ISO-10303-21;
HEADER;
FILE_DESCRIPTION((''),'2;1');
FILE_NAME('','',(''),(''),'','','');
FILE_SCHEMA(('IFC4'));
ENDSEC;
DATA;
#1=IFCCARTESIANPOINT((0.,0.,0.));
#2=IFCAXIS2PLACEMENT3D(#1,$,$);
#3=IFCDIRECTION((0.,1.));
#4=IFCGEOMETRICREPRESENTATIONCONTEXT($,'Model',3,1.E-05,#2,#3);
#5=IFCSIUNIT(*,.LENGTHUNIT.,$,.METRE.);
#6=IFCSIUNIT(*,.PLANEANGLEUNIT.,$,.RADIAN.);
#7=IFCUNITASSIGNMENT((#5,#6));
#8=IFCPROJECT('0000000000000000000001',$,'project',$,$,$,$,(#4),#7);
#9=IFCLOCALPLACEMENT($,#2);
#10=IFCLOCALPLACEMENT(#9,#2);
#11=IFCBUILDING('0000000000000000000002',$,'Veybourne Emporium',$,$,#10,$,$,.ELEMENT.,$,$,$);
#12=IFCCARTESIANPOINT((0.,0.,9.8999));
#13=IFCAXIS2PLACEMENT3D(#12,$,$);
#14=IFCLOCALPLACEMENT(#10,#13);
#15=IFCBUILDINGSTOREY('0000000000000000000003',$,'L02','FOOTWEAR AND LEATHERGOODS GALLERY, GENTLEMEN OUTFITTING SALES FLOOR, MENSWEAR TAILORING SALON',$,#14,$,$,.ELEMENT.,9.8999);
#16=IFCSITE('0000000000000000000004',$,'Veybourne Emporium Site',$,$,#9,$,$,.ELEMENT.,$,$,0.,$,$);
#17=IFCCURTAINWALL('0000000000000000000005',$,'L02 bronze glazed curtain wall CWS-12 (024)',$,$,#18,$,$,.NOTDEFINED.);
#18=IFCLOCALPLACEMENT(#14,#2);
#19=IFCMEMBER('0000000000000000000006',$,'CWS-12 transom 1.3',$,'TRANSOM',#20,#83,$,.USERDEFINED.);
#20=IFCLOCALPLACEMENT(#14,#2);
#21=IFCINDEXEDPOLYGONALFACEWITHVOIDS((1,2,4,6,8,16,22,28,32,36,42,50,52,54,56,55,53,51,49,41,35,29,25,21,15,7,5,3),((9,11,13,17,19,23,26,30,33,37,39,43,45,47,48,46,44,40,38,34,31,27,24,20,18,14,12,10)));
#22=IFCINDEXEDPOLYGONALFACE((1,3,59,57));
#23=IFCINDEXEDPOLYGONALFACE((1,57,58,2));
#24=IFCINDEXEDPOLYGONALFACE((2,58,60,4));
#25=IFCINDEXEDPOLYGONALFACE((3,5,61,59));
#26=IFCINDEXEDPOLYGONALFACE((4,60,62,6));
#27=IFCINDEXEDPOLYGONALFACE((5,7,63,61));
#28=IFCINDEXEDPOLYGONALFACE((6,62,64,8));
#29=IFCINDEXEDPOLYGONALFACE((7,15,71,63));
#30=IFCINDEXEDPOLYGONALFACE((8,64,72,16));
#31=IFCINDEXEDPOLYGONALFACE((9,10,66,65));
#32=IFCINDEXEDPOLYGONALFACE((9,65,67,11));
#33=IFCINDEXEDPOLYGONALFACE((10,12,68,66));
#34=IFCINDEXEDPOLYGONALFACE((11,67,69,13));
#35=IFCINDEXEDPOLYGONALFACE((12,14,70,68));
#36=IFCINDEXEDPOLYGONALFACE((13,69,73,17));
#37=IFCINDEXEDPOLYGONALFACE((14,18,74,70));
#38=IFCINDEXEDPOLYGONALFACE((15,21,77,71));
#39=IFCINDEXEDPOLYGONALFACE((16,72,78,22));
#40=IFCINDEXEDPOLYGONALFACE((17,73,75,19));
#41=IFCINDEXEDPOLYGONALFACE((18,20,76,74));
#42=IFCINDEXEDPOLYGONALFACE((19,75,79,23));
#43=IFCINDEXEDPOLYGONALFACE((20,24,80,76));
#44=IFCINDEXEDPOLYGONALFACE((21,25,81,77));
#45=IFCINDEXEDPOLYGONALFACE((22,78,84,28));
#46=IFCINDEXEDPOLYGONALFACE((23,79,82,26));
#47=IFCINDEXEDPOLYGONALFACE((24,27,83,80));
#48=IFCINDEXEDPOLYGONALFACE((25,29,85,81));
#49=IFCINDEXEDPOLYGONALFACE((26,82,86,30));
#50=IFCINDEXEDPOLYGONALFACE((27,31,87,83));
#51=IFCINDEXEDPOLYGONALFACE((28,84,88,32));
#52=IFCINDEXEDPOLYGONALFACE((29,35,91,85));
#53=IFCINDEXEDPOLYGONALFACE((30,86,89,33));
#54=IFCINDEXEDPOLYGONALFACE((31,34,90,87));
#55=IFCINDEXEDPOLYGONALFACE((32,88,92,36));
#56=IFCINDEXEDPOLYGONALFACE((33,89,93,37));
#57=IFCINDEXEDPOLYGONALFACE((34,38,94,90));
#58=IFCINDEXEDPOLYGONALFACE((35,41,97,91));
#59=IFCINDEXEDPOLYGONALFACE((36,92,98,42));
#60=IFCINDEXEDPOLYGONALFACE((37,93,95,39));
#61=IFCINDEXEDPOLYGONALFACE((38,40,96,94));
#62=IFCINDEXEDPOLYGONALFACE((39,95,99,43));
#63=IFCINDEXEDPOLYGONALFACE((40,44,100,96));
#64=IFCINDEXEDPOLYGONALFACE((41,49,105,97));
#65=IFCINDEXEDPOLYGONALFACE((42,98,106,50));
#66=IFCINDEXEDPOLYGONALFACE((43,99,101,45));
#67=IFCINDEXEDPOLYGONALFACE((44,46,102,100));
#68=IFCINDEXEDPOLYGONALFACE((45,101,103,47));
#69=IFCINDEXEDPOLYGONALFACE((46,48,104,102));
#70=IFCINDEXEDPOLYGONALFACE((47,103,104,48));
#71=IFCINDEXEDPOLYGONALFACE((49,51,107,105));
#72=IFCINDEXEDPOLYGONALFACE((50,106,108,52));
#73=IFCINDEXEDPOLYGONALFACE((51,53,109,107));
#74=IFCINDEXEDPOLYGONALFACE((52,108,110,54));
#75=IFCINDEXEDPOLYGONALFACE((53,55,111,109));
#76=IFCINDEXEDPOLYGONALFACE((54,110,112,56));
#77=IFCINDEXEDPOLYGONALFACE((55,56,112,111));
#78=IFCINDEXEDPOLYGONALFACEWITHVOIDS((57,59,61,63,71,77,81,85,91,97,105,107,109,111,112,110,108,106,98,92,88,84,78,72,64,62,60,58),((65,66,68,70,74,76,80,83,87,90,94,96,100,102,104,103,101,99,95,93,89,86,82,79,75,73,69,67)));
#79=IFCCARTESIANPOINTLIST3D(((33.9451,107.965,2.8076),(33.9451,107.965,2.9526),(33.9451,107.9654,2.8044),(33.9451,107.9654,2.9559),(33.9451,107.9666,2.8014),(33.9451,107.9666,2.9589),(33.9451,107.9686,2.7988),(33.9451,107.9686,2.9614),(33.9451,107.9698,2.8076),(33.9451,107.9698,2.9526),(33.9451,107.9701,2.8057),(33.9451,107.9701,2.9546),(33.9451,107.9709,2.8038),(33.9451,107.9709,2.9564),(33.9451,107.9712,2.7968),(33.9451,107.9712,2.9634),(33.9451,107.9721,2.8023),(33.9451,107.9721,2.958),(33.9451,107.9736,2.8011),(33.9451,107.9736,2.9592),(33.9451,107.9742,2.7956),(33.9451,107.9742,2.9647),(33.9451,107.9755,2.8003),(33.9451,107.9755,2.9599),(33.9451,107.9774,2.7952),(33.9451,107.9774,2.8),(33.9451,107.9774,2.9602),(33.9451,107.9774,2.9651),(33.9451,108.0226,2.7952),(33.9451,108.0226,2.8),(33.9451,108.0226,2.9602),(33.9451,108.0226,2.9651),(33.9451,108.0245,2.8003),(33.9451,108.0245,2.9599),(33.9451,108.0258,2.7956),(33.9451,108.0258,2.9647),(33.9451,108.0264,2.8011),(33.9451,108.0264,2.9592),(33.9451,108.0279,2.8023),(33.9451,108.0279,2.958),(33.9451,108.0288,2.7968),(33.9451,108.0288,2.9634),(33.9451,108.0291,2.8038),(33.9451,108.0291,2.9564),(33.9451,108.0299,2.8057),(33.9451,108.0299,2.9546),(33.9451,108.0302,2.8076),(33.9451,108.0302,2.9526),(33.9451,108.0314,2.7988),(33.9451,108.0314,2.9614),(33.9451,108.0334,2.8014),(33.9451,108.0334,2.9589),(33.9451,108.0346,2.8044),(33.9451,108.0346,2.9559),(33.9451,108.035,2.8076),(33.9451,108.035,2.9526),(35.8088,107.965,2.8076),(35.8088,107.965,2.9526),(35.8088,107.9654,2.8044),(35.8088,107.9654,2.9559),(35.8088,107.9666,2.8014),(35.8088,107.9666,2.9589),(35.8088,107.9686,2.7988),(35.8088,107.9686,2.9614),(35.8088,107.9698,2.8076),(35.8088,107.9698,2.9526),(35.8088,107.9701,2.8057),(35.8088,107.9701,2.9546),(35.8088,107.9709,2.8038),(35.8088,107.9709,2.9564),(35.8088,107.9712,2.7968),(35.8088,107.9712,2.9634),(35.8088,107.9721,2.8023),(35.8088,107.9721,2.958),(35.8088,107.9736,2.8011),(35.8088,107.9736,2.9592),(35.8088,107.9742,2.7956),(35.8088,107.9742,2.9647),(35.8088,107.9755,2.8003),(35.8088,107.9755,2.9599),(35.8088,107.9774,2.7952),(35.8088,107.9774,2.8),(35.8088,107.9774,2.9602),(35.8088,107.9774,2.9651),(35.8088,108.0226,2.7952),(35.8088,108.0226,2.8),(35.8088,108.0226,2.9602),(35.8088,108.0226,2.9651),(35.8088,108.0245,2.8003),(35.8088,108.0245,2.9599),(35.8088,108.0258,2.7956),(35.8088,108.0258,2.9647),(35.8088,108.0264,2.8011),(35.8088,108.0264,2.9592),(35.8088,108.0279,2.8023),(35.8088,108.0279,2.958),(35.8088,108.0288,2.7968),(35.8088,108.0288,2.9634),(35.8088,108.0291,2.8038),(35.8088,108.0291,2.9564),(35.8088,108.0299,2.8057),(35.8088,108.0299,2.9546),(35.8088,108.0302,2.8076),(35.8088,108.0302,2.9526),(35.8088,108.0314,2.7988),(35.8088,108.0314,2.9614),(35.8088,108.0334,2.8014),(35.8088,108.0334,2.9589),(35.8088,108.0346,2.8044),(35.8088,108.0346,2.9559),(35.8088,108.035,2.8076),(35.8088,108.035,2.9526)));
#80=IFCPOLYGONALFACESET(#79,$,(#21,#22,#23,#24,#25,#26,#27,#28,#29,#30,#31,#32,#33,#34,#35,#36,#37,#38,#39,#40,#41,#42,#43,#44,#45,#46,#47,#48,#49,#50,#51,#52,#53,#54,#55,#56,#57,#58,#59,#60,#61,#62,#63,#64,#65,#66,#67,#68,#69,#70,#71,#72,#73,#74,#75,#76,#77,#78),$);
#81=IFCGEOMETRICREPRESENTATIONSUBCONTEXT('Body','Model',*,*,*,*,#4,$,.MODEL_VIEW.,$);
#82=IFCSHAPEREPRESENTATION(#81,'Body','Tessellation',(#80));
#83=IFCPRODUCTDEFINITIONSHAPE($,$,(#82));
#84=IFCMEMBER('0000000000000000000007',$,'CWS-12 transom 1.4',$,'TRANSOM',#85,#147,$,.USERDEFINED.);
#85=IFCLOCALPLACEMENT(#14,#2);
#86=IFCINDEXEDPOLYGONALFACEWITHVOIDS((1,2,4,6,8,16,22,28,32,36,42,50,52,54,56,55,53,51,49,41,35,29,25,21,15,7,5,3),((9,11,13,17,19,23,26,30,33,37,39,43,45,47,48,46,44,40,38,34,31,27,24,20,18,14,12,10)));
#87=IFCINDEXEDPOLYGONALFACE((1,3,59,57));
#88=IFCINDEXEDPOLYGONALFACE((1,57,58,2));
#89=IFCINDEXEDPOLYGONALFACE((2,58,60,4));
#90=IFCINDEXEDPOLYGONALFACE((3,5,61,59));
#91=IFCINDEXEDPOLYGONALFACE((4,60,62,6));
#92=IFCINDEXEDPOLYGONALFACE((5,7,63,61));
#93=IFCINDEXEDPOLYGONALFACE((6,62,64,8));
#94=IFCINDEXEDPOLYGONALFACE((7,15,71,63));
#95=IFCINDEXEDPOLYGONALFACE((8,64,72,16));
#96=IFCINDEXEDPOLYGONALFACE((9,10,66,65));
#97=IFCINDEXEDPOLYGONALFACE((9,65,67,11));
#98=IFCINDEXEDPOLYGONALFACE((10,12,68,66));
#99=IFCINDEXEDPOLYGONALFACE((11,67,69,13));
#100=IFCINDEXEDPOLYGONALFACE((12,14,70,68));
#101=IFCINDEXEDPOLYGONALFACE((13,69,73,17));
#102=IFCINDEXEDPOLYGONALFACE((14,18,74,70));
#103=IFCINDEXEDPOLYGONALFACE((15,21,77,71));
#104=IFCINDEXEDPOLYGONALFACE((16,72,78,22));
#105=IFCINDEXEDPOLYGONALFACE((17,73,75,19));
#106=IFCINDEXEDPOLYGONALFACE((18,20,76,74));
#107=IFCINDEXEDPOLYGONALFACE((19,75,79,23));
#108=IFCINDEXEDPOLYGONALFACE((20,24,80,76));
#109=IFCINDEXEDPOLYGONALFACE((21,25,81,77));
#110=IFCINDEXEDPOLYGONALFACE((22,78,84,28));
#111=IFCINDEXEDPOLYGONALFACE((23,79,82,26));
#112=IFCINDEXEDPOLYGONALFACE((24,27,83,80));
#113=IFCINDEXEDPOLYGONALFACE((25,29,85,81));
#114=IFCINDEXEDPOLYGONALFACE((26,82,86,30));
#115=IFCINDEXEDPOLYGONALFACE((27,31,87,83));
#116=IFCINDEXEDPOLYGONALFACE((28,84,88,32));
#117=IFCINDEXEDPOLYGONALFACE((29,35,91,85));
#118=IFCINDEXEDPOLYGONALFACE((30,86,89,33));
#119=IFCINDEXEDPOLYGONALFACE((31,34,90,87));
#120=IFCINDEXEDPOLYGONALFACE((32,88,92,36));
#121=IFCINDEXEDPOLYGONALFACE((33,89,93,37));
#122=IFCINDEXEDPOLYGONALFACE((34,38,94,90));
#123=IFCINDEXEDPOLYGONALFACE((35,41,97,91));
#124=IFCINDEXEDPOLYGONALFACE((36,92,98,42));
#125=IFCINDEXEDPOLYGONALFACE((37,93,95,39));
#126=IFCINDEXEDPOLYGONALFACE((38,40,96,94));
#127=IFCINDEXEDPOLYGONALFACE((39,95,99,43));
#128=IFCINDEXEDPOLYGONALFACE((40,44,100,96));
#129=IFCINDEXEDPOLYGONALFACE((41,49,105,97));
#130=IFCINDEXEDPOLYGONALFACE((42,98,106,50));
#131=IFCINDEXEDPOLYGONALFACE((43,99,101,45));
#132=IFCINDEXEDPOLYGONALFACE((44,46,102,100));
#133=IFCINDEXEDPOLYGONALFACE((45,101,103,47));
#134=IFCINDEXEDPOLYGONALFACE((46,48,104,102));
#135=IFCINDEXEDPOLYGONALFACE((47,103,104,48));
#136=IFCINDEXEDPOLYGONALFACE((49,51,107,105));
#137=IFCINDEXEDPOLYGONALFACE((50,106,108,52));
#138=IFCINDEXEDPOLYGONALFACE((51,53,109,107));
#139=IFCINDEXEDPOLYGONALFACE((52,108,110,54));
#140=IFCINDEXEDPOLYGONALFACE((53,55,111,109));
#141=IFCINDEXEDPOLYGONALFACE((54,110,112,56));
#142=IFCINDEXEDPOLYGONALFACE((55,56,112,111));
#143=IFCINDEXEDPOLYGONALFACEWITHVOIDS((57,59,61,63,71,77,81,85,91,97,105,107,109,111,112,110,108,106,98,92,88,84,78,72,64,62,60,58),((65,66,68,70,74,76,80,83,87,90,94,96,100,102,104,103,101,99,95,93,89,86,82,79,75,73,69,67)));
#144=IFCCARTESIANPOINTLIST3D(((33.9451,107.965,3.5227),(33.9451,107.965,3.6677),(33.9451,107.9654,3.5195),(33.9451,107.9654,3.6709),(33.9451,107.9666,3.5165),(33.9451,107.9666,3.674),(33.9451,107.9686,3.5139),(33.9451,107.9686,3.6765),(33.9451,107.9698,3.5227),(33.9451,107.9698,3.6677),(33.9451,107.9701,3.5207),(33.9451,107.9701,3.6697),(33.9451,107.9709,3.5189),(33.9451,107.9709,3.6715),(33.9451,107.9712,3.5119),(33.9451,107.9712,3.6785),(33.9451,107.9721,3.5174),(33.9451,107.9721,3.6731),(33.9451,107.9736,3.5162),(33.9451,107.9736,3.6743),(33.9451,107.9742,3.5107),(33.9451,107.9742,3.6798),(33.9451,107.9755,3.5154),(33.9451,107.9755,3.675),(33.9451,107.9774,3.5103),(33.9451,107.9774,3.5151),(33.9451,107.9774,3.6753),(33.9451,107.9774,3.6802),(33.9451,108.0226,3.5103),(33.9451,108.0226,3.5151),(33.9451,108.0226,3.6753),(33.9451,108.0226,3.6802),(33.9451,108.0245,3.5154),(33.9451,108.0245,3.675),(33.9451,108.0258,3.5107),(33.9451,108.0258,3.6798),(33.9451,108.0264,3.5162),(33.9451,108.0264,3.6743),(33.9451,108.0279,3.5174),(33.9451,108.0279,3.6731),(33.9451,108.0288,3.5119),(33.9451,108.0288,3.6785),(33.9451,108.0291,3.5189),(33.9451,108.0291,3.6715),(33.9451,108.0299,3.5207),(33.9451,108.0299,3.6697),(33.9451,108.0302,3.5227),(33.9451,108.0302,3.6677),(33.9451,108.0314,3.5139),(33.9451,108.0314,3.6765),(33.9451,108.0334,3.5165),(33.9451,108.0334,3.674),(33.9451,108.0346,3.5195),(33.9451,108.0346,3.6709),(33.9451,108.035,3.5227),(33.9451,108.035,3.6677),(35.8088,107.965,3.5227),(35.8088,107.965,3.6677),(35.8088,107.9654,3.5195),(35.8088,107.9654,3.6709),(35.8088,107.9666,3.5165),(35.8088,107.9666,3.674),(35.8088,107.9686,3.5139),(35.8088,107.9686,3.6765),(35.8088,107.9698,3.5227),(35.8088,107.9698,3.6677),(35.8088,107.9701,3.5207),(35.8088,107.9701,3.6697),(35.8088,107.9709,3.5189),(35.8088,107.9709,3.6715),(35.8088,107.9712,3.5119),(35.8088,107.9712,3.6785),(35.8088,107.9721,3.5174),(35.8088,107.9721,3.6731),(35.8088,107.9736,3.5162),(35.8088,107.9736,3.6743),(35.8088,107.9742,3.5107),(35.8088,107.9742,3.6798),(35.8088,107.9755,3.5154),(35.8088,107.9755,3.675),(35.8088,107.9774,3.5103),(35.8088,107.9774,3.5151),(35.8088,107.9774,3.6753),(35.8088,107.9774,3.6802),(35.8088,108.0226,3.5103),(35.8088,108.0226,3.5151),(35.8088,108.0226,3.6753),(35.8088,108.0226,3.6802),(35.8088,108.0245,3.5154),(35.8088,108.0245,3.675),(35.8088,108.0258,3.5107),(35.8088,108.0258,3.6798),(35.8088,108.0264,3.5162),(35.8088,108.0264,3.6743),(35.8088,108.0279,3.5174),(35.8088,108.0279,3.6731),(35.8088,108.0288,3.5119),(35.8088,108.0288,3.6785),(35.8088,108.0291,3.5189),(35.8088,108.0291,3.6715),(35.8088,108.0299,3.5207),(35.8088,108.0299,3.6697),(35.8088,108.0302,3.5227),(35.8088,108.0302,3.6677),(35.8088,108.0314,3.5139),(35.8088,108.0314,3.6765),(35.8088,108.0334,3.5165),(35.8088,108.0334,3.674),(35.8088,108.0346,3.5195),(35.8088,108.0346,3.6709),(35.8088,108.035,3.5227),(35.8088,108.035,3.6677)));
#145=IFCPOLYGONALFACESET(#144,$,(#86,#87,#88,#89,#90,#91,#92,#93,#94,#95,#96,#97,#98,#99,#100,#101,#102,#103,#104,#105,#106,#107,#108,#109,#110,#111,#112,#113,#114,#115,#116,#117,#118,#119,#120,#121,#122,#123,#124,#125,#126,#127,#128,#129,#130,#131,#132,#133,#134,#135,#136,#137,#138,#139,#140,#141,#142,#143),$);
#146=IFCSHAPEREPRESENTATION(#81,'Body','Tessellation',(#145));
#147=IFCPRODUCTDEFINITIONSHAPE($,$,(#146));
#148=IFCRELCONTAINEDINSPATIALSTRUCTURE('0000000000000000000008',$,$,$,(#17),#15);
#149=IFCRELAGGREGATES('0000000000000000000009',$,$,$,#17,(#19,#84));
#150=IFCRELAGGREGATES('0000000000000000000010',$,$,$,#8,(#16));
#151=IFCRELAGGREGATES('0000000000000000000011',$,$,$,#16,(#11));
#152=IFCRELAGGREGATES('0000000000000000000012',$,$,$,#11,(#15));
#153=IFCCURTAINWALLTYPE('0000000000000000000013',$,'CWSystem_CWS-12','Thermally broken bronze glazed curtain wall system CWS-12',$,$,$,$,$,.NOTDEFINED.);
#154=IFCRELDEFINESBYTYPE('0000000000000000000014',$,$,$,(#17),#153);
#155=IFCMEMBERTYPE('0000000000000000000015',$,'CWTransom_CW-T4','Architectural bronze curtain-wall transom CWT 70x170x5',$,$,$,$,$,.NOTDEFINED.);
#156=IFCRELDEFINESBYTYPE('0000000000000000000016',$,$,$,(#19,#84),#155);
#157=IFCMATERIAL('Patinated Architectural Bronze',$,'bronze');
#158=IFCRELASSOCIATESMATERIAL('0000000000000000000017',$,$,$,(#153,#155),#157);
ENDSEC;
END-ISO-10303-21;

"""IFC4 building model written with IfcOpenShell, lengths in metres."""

from ifc_helpers import new_model, si_unit, direction, frame, origin, origin_2d, place, context, subcontext, project, spatial, hollow_rectangle, extrude, material, material_profile, profile_set, type_object, element, aggregate, save


model = new_model("IFC4")

# Units and contexts
model_context = context("Model", 3, precision=1e-05, world=origin(), true_north=direction((0.0, 1.0)))
body_context = subcontext(model_context, "Body", "Model", "MODEL_VIEW")
ifc_project = project(units=[si_unit("LENGTHUNIT", "METRE"), si_unit("PLANEANGLEUNIT", "RADIAN")], contexts=[model_context])

# Site, building, storey
site_placement = place(None, origin())
site = spatial("IfcSite", under=ifc_project, at=site_placement, Name="Veybourne Emporium Site", CompositionType="ELEMENT", RefElevation=0.0)
building_placement = place(site_placement, origin())
building = spatial("IfcBuilding", under=site, at=building_placement, Name="Veybourne Emporium", CompositionType="ELEMENT")
storey_placement = place(building_placement, frame((0.0, 0.0, 9.8999)))
storey = spatial("IfcBuildingStorey", under=building, at=storey_placement, Name="L02", Description="FOOTWEAR AND LEATHERGOODS GALLERY, GENTLEMEN OUTFITTING SALES FLOOR, MENSWEAR TAILORING SALON", CompositionType="ELEMENT", Elevation=9.8999)

# Curtain wall, members
ifc_material_1 = material(Name="Patinated Architectural Bronze", Category="bronze")
curtain_wall_type = type_object("IfcCurtainWallType", Name="CWSystem_CWS-12", Description="Thermally broken bronze glazed curtain wall system CWS-12", PredefinedType="NOTDEFINED", material=ifc_material_1)
curtain_wall_placement = place(storey_placement, origin())
curtain_wall = element("IfcCurtainWall", 1, at=curtain_wall_placement, inside=storey, type_object=curtain_wall_type, Name="L02 bronze glazed curtain wall CWS-12 (024)", PredefinedType="NOTDEFINED")
ifc_material_profile_1 = material_profile(ifc_material_1, hollow_rectangle(XDim=0.0701, YDim=0.1699, WallThickness=0.0049, InnerFilletRadius=0.0076, OuterFilletRadius=0.0125, at=origin_2d()), Name="CWT 70x170x5")
ifc_profile_set_1 = profile_set([ifc_material_profile_1], Name="Patinated Architectural Bronze")
member_type_1 = type_object("IfcMemberType", Name="CWTransom_CW-T4", Description="Architectural bronze curtain-wall transom CWT 70x170x5", PredefinedType="NOTDEFINED", material=ifc_profile_set_1)
member_1_placement = place(storey_placement, frame((33.9451, 108.0, 2.8801), z_axis=(1.0, 0.0, 0.0), x_axis=(0.0, 1.0, 0.0)))
member_1 = element("IfcMember", 2, at=member_1_placement, type_object=member_type_1, Name="CWS-12 transom 1.3", ObjectType="TRANSOM", PredefinedType="USERDEFINED", context=body_context, shape_type="SweptSolid", body=[
    extrude(hollow_rectangle(XDim=0.0701, YDim=0.1699, WallThickness=0.0049, InnerFilletRadius=0.0076, OuterFilletRadius=0.0125, at=origin_2d()), origin(), (0.0, 0.0, 1.0), 1.8638),
])
member_2_placement = place(storey_placement, frame((33.9451, 108.0, 3.5952), z_axis=(1.0, 0.0, 0.0), x_axis=(0.0, 1.0, 0.0)))
member_2 = element("IfcMember", 3, at=member_2_placement, type_object=member_type_1, Name="CWS-12 transom 1.4", ObjectType="TRANSOM", PredefinedType="USERDEFINED", context=body_context, shape_type="SweptSolid", body=[
    extrude(hollow_rectangle(XDim=0.0701, YDim=0.1699, WallThickness=0.0049, InnerFilletRadius=0.0076, OuterFilletRadius=0.0125, at=origin_2d()), origin(), (0.0, 0.0, 1.0), 1.8638),
])

aggregate(curtain_wall, [member_1, member_2])

save(model, "model.ifc")
